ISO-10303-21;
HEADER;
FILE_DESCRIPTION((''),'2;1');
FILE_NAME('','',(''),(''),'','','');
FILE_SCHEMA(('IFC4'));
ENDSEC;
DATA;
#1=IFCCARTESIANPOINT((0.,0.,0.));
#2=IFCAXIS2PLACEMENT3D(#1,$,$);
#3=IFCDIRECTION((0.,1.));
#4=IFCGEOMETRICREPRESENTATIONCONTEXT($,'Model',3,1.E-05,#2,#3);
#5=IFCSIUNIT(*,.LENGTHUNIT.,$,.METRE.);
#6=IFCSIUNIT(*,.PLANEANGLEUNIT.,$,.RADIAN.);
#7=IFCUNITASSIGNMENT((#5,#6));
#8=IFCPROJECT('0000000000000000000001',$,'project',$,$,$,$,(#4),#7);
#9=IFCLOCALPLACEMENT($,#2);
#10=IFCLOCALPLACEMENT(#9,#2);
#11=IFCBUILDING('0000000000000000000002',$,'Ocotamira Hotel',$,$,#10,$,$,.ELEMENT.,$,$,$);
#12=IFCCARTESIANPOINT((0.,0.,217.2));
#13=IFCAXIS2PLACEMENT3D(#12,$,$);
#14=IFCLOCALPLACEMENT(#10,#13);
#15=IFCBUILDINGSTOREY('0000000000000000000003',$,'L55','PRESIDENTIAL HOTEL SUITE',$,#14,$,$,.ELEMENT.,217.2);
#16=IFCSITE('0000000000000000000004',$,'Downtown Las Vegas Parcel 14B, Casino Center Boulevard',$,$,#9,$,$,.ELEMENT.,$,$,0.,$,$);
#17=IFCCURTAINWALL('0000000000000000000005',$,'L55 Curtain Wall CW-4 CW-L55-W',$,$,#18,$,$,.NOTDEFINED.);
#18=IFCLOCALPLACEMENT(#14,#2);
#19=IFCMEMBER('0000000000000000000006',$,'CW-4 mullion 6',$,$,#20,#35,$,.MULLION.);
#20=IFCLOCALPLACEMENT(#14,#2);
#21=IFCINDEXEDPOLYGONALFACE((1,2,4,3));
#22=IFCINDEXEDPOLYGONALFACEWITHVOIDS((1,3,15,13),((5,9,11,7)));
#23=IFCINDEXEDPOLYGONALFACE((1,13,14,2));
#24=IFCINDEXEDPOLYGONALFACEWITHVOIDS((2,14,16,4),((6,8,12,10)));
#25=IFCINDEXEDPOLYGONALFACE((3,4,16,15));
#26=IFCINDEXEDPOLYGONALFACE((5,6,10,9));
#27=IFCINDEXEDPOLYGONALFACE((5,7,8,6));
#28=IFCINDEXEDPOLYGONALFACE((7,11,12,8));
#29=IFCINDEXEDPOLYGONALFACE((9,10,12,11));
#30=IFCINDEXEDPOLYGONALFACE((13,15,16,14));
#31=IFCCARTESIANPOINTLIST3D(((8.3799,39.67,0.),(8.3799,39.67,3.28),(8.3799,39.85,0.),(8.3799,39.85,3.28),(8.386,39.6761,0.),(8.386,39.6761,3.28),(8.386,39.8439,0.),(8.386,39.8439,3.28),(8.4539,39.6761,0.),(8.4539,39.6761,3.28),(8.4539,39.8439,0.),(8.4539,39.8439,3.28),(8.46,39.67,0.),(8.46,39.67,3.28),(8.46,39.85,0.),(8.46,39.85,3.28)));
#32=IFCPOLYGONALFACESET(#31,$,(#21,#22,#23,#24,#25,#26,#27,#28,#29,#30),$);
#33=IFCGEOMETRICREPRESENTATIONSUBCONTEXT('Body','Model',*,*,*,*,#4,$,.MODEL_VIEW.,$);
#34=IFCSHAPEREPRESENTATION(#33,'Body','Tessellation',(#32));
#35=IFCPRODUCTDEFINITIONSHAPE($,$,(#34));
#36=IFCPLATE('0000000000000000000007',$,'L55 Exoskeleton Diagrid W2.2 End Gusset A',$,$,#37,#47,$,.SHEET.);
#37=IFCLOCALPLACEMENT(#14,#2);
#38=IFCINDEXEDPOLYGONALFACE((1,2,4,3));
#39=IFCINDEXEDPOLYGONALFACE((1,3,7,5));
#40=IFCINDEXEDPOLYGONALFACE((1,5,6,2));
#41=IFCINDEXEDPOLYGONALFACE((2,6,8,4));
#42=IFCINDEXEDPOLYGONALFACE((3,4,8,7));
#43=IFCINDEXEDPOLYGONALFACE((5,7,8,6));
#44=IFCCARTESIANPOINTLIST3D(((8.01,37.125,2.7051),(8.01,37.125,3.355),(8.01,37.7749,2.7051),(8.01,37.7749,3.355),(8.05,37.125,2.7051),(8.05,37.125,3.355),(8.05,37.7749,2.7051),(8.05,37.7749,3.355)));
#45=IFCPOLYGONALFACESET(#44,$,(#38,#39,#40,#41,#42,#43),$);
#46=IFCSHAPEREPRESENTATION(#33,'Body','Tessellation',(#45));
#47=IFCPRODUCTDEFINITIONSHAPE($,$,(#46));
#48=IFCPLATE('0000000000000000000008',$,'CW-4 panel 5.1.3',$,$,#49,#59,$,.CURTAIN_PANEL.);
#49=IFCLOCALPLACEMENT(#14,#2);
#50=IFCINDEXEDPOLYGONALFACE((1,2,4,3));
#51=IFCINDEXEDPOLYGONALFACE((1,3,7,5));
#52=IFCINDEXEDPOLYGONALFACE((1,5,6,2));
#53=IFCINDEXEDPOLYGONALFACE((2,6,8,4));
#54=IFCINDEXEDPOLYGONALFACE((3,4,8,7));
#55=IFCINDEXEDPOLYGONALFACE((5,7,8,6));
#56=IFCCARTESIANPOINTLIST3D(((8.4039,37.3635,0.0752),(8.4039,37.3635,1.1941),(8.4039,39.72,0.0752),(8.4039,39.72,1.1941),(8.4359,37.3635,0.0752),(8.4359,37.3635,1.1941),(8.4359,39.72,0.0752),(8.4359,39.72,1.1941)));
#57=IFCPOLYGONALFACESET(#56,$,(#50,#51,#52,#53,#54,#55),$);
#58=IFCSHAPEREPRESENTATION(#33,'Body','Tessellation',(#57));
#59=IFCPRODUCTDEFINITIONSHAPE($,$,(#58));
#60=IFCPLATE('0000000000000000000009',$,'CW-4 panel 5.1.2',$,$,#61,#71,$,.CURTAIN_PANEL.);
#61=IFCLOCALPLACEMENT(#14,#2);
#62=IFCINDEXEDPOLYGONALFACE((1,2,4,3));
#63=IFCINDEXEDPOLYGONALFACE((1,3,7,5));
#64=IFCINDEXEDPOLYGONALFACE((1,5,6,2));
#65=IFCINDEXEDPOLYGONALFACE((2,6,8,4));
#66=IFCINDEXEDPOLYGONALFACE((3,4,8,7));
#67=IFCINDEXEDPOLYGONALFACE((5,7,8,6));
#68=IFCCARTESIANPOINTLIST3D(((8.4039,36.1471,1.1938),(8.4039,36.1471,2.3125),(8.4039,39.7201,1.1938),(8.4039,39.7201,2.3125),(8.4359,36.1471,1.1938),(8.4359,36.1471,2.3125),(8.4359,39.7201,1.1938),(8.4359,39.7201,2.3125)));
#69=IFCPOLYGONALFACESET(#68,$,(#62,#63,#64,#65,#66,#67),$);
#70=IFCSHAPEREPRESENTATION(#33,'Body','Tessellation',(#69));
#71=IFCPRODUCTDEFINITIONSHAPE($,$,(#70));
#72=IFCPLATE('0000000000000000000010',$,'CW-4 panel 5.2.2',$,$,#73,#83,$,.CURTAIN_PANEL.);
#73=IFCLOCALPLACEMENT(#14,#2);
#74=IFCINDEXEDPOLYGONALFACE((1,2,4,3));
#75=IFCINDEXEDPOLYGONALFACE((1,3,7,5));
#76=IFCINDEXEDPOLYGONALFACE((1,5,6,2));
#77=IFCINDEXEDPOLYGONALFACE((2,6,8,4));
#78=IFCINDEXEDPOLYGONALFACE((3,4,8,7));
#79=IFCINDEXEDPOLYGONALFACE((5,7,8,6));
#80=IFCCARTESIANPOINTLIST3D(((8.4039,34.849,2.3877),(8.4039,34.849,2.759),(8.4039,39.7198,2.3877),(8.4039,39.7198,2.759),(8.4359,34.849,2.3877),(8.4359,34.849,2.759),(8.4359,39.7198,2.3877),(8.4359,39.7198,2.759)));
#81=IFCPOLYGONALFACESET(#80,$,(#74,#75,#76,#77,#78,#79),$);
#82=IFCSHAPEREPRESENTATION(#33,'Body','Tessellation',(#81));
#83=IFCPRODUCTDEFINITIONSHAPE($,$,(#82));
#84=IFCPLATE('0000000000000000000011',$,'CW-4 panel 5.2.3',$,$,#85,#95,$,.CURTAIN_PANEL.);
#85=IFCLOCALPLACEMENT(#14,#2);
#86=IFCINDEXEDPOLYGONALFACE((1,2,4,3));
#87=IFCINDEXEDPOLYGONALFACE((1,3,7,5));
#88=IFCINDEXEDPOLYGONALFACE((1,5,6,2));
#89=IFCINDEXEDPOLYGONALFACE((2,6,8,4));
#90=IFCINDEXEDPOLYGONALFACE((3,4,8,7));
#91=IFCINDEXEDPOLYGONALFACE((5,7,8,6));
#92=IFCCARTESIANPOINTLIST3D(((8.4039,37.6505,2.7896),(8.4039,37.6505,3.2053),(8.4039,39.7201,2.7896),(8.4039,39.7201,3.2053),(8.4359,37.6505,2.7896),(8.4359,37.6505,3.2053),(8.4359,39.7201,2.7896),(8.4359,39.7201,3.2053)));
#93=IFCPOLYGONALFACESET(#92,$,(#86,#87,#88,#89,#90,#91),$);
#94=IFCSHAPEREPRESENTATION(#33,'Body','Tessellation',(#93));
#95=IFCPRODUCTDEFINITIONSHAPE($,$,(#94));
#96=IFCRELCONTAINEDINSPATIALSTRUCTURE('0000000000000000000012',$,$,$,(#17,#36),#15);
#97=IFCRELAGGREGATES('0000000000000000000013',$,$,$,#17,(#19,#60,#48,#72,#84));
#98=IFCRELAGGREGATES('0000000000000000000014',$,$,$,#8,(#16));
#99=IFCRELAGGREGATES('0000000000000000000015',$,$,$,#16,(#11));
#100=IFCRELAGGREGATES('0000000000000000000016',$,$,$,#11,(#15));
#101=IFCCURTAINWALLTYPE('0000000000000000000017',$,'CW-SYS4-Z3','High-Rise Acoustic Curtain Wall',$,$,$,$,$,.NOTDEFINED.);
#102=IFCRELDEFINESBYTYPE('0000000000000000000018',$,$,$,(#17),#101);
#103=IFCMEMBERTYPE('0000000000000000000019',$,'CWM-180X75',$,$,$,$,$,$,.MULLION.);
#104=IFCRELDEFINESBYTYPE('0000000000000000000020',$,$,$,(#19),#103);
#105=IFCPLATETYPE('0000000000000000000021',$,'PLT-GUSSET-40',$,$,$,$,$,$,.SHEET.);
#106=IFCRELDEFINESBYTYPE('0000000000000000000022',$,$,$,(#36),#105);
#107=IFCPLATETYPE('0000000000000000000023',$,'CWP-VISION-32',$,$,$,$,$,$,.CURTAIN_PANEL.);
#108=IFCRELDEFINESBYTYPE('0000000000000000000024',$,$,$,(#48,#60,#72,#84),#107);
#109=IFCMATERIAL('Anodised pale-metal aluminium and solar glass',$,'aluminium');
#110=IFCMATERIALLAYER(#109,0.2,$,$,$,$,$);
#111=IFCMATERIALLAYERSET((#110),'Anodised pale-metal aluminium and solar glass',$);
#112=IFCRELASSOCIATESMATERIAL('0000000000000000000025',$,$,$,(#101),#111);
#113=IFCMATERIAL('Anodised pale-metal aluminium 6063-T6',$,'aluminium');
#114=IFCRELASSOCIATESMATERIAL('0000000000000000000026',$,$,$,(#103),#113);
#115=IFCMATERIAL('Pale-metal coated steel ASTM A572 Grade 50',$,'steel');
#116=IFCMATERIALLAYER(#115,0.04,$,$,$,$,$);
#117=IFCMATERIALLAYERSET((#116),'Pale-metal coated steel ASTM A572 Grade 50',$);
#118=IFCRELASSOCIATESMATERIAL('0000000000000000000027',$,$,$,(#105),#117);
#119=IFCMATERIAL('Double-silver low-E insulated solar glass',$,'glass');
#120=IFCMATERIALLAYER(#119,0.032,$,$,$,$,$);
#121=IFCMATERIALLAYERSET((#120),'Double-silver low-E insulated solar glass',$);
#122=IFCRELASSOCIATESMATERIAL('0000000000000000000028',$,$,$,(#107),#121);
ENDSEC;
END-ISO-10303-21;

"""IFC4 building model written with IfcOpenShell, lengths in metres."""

from ifc_helpers import new_model, si_unit, direction, frame, origin, origin_2d, place, context, subcontext, project, spatial, rectangle, hollow_rectangle, extrude, source, transform, mapped, material, layer, layer_set, material_profile, profile_set, type_object, element, aggregate, save


model = new_model("IFC4")

# Units and contexts
model_context = context("Model", 3, precision=1e-05, world=origin(), true_north=direction((0.0, 1.0)))
body_context = subcontext(model_context, "Body", "Model", "MODEL_VIEW")
ifc_project = project(units=[si_unit("LENGTHUNIT", "METRE"), si_unit("PLANEANGLEUNIT", "RADIAN")], contexts=[model_context])

# Site, building, storey
site_placement = place(None, origin())
site = spatial("IfcSite", under=ifc_project, at=site_placement, Name="Downtown Las Vegas Parcel 14B, Casino Center Boulevard", CompositionType="ELEMENT", RefElevation=0.0)
building_placement = place(site_placement, origin())
building = spatial("IfcBuilding", under=site, at=building_placement, Name="Ocotamira Hotel", CompositionType="ELEMENT")
storey_placement = place(building_placement, frame((0.0, 0.0, 217.2)))
storey = spatial("IfcBuildingStorey", under=building, at=storey_placement, Name="L55", Description="PRESIDENTIAL HOTEL SUITE", CompositionType="ELEMENT", Elevation=217.2)

# Curtain wall, member
ifc_material_1 = material(Name="Anodised pale-metal aluminium and solar glass", Category="aluminium")
ifc_layer_1 = layer(ifc_material_1, 0.2)
ifc_layer_set_1 = layer_set([ifc_layer_1], Name="Anodised pale-metal aluminium and solar glass")
curtain_wall_type = type_object("IfcCurtainWallType", Name="CW-SYS4-Z3", Description="High-Rise Acoustic Curtain Wall", PredefinedType="NOTDEFINED", material=ifc_layer_set_1)
curtain_wall_placement = place(storey_placement, origin())
curtain_wall = element("IfcCurtainWall", 1, at=curtain_wall_placement, inside=storey, type_object=curtain_wall_type, Name="L55 Curtain Wall CW-4 CW-L55-W", PredefinedType="NOTDEFINED")
ifc_material_2 = material(Name="Anodised pale-metal aluminium 6063-T6", Category="aluminium")
ifc_material_profile_1 = material_profile(ifc_material_2, hollow_rectangle(XDim=0.0801, YDim=0.1799, WallThickness=0.0061, at=origin_2d()), Name="HSS180X80X6")
ifc_profile_set_1 = profile_set([ifc_material_profile_1], Name="Anodised pale-metal aluminium 6063-T6")
member_type_1 = type_object("IfcMemberType", Name="CWM-180X75", PredefinedType="MULLION", material=ifc_profile_set_1)
shared_shape_1 = source(origin(), body_context, "Body", "SweptSolid", [
    extrude(hollow_rectangle(XDim=0.0801, YDim=0.1799, WallThickness=0.0061, at=origin_2d()), origin(), (0.0, 0.0, 1.0), 3.28),
])
member_1_placement = place(storey_placement, frame((8.4199, 39.76, 0.0), z_axis=(0.0, 0.0, 1.0), x_axis=(-1.0, 0.0, 0.0)))
member_1 = element("IfcMember", 2, at=member_1_placement, type_object=member_type_1, Name="CW-4 mullion 6", PredefinedType="MULLION", context=body_context, shape_type="MappedRepresentation", body=[
    mapped(shared_shape_1, transform((0.0, 0.0, 0.0), scale=1.0)),
])

# Plates
ifc_material_3 = material(Name="Pale-metal coated steel ASTM A572 Grade 50", Category="steel")
ifc_layer_2 = layer(ifc_material_3, 0.04)
ifc_layer_set_2 = layer_set([ifc_layer_2], Name="Pale-metal coated steel ASTM A572 Grade 50")
plate_type_1 = type_object("IfcPlateType", Name="PLT-GUSSET-40", PredefinedType="SHEET", material=ifc_layer_set_2)
shared_shape_2 = source(origin(), body_context, "Body", "SweptSolid", [
    extrude(rectangle(XDim=0.04, YDim=0.6499, at=origin_2d()), origin(), (0.0, 0.0, 1.0), 0.6499),
])
plate_1_placement = place(storey_placement, frame((8.03, 37.45, 2.7051), z_axis=(0.0, 0.0, 1.0), x_axis=(1.0, 0.0, 0.0)))
element("IfcPlate", 3, at=plate_1_placement, inside=storey, type_object=plate_type_1, Name="L55 Exoskeleton Diagrid W2.2 End Gusset A", PredefinedType="SHEET", context=body_context, shape_type="MappedRepresentation", body=[
    mapped(shared_shape_2, transform((0.0, 0.0, 0.0), scale=1.0)),
])
ifc_material_4 = material(Name="Double-silver low-E insulated solar glass", Category="glass")
ifc_layer_3 = layer(ifc_material_4, 0.032)
ifc_layer_set_3 = layer_set([ifc_layer_3], Name="Double-silver low-E insulated solar glass")
plate_type_2 = type_object("IfcPlateType", Name="CWP-VISION-32", PredefinedType="CURTAIN_PANEL", material=ifc_layer_set_3)
shared_shape_3 = source(origin(), body_context, "Body", "SweptSolid", [
    extrude(rectangle(XDim=2.3564, YDim=0.032, at=origin_2d()), origin(), (0.0, 0.0, 1.0), 1.1189),
])
plate_2_placement = place(storey_placement, frame((8.4199, 38.5417, 0.0752), z_axis=(0.0, 0.0, 1.0), x_axis=(0.0, 1.0, 0.0)))
plate_2 = element("IfcPlate", 4, at=plate_2_placement, type_object=plate_type_2, Name="CW-4 panel 5.1.3", PredefinedType="CURTAIN_PANEL", context=body_context, shape_type="MappedRepresentation", body=[
    mapped(shared_shape_3, transform((0.0, 0.0, 0.0), scale=1.0)),
])
shared_shape_4 = source(origin(), body_context, "Body", "SweptSolid", [
    extrude(rectangle(XDim=3.573, YDim=0.032, at=origin_2d()), origin(), (0.0, 0.0, 1.0), 1.1187),
])
plate_3_placement = place(storey_placement, frame((8.4199, 37.9336, 1.1938), z_axis=(0.0, 0.0, 1.0), x_axis=(0.0, 1.0, 0.0)))
plate_3 = element("IfcPlate", 5, at=plate_3_placement, type_object=plate_type_2, Name="CW-4 panel 5.1.2", PredefinedType="CURTAIN_PANEL", context=body_context, shape_type="MappedRepresentation", body=[
    mapped(shared_shape_4, transform((0.0, 0.0, 0.0), scale=1.0)),
])
shared_shape_5 = source(origin(), body_context, "Body", "SweptSolid", [
    extrude(rectangle(XDim=4.8708, YDim=0.032, at=origin_2d()), origin(), (0.0, 0.0, 1.0), 0.3713),
])
plate_4_placement = place(storey_placement, frame((8.4199, 37.2844, 2.3877), z_axis=(0.0, 0.0, 1.0), x_axis=(0.0, 1.0, 0.0)))
plate_4 = element("IfcPlate", 6, at=plate_4_placement, type_object=plate_type_2, Name="CW-4 panel 5.2.2", PredefinedType="CURTAIN_PANEL", context=body_context, shape_type="MappedRepresentation", body=[
    mapped(shared_shape_5, transform((0.0, 0.0, 0.0), scale=1.0)),
])
shared_shape_6 = source(origin(), body_context, "Body", "SweptSolid", [
    extrude(rectangle(XDim=2.0696, YDim=0.032, at=origin_2d()), origin(), (0.0, 0.0, 1.0), 0.4158),
])
plate_5_placement = place(storey_placement, frame((8.4199, 38.6853, 2.7896), z_axis=(0.0, 0.0, 1.0), x_axis=(0.0, 1.0, 0.0)))
plate_5 = element("IfcPlate", 7, at=plate_5_placement, type_object=plate_type_2, Name="CW-4 panel 5.2.3", PredefinedType="CURTAIN_PANEL", context=body_context, shape_type="MappedRepresentation", body=[
    mapped(shared_shape_6, transform((0.0, 0.0, 0.0), scale=1.0)),
])
aggregate(curtain_wall, [member_1, plate_3, plate_2, plate_4, plate_5])

save(model, "model.ifc")
